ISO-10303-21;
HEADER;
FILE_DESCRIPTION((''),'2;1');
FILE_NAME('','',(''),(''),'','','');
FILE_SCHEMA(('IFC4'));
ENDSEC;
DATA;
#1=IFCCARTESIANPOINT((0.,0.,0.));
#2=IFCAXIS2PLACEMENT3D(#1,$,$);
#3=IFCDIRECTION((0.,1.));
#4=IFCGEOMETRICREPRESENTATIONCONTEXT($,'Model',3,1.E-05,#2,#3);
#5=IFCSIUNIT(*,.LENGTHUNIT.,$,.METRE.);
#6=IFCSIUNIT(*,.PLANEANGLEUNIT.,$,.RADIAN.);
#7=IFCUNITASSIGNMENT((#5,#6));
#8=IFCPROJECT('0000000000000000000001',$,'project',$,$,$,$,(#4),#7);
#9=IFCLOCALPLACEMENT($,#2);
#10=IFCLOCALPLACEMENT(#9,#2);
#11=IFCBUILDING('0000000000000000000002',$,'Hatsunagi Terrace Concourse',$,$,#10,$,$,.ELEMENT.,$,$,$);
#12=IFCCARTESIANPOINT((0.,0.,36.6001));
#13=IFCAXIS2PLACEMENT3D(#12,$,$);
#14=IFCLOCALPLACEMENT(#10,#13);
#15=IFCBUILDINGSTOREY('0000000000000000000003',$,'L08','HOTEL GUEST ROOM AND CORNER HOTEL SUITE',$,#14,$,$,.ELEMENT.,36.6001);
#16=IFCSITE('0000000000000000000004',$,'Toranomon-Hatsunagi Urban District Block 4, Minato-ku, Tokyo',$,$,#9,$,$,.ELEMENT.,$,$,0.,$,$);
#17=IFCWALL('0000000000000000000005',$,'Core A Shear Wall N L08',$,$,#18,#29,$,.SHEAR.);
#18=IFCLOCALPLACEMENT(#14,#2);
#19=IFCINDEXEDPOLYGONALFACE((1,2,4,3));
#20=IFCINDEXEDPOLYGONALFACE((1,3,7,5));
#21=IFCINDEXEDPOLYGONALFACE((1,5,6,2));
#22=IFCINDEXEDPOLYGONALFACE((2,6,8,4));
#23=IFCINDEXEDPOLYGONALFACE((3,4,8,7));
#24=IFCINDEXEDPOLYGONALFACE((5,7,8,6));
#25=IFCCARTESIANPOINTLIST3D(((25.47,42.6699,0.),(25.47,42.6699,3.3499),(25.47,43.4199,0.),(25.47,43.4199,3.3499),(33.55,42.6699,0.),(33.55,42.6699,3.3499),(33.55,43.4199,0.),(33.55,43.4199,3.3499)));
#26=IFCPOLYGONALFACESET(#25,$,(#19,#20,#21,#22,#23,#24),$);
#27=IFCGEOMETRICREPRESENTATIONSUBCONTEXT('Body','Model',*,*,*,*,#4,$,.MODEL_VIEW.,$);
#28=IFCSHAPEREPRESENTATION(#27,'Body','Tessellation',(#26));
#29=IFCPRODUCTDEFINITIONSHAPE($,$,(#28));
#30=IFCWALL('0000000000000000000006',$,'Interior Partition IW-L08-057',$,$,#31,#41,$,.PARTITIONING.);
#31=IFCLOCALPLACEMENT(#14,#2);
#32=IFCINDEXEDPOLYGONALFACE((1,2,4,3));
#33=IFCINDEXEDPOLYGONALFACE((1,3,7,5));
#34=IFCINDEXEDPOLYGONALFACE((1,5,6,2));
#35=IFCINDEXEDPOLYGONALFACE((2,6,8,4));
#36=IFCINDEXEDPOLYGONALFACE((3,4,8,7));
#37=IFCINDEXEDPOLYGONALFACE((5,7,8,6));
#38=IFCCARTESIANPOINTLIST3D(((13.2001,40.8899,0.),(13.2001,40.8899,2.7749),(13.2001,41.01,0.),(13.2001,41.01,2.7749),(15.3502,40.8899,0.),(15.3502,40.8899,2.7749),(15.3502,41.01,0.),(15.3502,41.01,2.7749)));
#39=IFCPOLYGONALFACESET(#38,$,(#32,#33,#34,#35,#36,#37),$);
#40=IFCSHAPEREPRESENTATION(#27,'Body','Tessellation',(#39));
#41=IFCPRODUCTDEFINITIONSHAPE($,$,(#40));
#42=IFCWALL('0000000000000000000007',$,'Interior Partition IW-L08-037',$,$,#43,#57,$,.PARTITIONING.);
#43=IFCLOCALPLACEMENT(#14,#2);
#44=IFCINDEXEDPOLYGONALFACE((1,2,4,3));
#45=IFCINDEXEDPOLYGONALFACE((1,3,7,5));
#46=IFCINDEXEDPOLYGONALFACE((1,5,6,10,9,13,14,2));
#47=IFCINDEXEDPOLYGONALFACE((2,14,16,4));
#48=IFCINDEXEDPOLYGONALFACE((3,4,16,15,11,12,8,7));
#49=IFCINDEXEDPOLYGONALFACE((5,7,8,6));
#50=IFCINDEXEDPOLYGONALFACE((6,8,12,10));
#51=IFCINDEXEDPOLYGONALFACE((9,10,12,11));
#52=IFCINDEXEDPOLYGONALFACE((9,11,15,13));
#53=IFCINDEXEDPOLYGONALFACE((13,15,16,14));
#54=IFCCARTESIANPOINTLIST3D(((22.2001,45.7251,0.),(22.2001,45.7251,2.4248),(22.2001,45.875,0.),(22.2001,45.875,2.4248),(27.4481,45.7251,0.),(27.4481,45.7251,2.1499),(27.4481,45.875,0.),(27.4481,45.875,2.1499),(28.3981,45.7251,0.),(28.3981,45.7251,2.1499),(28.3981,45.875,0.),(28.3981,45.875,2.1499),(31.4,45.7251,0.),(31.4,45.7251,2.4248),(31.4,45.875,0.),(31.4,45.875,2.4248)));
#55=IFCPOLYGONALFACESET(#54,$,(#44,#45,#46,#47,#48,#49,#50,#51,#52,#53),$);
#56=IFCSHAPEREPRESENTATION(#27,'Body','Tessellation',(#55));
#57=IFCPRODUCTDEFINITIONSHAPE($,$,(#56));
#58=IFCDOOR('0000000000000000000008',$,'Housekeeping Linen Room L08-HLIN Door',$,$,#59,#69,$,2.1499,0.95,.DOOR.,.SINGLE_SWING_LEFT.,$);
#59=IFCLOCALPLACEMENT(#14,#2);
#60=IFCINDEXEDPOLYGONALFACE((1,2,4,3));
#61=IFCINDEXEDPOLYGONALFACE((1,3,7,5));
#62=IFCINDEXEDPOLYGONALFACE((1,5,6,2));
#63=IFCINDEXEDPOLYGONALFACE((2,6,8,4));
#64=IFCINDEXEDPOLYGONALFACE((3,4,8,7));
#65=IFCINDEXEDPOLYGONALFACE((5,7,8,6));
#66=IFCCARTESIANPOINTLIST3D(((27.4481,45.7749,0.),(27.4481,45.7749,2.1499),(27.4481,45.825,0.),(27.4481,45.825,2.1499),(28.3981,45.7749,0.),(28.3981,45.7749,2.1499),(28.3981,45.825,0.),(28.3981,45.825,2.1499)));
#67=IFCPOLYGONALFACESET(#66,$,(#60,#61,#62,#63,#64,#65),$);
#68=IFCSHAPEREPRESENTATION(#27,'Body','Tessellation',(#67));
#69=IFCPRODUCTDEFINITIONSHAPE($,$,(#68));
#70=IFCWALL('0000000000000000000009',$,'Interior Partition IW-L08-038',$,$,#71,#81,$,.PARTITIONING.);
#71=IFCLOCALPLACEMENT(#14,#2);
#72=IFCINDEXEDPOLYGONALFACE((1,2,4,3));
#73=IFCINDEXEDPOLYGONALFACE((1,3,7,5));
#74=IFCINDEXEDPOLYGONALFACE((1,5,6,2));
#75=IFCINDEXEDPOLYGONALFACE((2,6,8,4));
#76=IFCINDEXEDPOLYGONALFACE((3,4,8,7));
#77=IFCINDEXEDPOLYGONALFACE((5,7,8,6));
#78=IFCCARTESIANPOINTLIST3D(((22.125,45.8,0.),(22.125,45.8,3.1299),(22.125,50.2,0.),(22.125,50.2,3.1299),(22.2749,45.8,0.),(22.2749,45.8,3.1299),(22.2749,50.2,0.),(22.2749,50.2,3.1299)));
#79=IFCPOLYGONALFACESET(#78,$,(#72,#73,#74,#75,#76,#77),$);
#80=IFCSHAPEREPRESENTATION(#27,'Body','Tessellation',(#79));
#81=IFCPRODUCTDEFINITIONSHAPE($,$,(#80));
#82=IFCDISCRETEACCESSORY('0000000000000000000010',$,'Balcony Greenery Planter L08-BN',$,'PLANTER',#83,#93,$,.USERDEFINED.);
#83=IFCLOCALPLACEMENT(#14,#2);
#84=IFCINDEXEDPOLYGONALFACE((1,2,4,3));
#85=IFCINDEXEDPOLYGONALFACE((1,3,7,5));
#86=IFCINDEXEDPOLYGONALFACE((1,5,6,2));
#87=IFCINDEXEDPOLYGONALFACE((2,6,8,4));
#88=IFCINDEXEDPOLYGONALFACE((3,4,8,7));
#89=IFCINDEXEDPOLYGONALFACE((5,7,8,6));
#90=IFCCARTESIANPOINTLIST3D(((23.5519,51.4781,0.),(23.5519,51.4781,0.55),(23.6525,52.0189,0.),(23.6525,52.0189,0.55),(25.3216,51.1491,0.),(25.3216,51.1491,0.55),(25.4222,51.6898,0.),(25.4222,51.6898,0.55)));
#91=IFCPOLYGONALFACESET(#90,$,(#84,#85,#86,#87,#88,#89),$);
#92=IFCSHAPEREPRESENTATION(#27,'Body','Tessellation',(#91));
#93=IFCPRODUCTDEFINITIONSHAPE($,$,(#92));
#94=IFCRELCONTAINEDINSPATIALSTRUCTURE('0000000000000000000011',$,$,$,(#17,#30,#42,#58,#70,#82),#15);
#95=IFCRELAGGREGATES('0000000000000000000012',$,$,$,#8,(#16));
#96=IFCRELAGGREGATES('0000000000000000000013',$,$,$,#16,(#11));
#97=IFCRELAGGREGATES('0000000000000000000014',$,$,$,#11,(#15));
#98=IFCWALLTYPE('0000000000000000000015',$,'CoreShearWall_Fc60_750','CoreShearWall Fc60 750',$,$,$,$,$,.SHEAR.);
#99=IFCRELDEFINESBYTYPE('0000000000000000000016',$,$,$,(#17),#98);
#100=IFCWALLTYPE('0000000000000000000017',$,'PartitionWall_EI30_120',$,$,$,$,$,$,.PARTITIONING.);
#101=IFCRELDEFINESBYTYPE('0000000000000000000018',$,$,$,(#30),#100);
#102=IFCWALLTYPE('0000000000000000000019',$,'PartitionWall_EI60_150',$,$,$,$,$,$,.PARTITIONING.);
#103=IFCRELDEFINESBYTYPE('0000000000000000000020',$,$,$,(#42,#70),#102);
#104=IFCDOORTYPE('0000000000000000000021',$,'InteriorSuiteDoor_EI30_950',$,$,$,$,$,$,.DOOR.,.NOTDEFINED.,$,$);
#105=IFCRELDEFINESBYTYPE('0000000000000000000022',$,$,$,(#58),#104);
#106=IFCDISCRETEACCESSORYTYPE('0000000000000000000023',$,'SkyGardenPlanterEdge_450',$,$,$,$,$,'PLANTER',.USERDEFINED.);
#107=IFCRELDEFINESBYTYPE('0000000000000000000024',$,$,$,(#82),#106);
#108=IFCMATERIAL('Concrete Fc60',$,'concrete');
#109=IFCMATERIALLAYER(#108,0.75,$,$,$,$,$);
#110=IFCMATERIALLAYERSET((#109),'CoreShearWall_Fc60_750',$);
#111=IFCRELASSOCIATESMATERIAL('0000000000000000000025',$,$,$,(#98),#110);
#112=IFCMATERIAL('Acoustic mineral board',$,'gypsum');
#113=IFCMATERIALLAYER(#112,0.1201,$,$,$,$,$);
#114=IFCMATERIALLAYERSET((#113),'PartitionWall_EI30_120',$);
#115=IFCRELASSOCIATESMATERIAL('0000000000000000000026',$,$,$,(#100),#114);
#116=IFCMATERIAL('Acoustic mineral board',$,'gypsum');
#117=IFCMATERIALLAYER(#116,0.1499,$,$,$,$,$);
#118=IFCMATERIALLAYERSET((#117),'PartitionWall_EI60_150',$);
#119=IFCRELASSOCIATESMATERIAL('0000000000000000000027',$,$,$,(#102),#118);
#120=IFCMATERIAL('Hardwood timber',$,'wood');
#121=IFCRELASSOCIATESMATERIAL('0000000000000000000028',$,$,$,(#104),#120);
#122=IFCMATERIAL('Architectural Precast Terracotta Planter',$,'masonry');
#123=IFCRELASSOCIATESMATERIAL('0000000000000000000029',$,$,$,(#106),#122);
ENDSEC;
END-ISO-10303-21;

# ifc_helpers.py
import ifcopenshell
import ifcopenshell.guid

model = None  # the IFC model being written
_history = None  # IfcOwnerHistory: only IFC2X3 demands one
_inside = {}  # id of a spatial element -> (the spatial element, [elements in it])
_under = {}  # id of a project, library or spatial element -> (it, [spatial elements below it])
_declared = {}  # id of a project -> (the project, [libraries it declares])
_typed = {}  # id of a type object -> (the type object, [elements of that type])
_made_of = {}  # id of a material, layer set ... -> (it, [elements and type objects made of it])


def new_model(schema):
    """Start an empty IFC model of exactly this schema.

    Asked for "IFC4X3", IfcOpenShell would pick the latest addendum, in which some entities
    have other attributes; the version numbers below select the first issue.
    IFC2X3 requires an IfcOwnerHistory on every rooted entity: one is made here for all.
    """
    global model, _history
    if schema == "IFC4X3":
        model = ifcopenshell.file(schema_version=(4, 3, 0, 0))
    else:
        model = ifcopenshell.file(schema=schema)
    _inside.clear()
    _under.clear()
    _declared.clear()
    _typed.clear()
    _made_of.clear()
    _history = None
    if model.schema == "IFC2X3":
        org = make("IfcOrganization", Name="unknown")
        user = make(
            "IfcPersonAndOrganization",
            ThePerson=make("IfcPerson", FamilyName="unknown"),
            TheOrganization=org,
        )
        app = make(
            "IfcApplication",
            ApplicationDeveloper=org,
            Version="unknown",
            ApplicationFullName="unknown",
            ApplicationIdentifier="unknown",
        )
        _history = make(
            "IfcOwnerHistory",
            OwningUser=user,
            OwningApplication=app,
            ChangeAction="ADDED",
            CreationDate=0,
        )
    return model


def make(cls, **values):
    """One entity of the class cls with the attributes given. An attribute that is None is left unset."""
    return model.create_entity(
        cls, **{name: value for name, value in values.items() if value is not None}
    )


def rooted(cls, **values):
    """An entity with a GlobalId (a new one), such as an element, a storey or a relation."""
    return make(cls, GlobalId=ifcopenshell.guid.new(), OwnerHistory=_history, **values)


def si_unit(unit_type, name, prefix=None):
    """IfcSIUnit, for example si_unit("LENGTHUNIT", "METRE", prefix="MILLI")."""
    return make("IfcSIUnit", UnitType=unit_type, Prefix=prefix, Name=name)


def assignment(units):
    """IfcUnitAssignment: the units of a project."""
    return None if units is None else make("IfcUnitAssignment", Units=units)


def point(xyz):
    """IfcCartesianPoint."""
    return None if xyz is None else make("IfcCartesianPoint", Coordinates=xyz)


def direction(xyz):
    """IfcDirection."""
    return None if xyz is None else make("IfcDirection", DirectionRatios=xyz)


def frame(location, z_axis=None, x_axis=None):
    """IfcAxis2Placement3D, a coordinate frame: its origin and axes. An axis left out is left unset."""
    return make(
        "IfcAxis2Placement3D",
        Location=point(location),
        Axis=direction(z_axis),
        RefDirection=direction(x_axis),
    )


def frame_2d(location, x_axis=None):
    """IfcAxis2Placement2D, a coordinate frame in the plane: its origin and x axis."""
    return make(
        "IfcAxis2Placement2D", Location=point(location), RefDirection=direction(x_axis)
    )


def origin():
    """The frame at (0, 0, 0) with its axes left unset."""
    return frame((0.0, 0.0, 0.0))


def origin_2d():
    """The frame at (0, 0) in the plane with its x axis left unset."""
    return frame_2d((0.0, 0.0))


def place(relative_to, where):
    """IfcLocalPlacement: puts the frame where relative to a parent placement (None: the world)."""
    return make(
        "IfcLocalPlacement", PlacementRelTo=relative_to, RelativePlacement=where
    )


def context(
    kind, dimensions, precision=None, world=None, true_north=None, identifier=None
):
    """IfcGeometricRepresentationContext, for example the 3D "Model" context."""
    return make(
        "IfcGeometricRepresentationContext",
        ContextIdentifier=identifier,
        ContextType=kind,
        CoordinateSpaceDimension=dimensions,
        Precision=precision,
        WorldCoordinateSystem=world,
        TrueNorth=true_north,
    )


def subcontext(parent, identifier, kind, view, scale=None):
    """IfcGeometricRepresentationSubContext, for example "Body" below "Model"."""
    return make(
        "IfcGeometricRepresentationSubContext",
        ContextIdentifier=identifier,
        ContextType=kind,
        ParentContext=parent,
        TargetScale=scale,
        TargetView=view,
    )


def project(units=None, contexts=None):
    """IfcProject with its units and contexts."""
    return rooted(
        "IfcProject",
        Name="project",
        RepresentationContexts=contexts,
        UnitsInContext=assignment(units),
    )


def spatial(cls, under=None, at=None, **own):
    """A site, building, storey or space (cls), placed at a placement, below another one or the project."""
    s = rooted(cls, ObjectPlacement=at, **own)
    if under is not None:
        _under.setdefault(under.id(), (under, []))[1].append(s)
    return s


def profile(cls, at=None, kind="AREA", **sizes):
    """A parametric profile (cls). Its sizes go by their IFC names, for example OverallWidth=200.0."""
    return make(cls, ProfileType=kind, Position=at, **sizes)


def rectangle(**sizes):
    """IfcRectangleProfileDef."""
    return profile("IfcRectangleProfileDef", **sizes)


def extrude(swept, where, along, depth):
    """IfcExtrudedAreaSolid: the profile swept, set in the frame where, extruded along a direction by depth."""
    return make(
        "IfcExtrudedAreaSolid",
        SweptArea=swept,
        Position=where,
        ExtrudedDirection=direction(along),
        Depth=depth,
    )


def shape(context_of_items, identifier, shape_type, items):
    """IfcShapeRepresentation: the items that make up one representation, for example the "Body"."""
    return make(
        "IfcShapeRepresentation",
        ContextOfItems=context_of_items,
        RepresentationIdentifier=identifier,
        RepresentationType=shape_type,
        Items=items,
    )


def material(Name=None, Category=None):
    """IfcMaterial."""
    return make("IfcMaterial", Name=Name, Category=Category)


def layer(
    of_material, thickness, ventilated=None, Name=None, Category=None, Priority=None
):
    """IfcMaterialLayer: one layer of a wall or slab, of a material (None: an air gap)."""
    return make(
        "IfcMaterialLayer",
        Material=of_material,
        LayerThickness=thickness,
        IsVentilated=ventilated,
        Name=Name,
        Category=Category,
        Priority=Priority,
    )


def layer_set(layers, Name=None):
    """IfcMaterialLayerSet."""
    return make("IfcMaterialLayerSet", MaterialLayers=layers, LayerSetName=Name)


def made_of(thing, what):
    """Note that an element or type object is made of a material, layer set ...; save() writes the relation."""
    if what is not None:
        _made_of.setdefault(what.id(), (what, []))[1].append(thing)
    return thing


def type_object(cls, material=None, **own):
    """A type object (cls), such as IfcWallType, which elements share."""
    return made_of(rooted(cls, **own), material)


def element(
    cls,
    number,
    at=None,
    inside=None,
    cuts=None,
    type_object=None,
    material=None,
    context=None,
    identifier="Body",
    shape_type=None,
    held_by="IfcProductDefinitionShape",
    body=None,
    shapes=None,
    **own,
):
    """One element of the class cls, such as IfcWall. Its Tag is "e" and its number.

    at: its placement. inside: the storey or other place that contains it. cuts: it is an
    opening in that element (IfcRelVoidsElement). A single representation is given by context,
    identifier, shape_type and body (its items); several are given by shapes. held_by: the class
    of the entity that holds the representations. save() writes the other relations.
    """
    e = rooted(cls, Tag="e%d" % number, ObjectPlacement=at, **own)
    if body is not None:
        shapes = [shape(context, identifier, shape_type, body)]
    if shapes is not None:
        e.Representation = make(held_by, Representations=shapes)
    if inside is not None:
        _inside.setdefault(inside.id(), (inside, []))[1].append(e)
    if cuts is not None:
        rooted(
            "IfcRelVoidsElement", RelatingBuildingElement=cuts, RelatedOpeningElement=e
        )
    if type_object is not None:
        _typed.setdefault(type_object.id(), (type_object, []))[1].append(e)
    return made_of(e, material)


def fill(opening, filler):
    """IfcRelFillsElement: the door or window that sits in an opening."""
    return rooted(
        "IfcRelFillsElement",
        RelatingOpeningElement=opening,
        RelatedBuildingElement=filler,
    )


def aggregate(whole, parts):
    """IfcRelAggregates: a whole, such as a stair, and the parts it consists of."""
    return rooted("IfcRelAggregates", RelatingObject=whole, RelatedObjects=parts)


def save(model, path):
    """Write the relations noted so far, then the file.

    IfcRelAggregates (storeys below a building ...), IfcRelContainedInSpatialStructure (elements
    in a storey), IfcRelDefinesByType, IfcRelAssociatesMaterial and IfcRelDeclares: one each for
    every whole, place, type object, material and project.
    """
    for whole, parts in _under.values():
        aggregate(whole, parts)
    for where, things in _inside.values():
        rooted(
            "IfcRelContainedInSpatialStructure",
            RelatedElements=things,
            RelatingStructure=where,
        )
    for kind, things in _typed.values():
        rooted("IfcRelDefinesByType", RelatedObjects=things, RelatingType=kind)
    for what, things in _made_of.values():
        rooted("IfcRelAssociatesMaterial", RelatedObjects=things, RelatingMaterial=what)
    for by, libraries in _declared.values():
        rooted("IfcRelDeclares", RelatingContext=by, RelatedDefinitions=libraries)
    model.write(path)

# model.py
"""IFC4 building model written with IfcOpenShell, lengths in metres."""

from ifc_helpers import new_model, si_unit, direction, frame, frame_2d, origin, origin_2d, place, context, subcontext, project, spatial, rectangle, extrude, material, layer, layer_set, type_object, element, fill, save


model = new_model("IFC4")

# Units and contexts
model_context = context("Model", 3, precision=1e-05, world=origin(), true_north=direction((0.0, 1.0)))
body_context = subcontext(model_context, "Body", "Model", "MODEL_VIEW")
ifc_project = project(units=[si_unit("LENGTHUNIT", "METRE"), si_unit("PLANEANGLEUNIT", "RADIAN")], contexts=[model_context])

# Site, building, storey
site_placement = place(None, origin())
site = spatial("IfcSite", under=ifc_project, at=site_placement, Name="Toranomon-Hatsunagi Urban District Block 4, Minato-ku, Tokyo", CompositionType="ELEMENT", RefElevation=0.0)
building_placement = place(site_placement, origin())
building = spatial("IfcBuilding", under=site, at=building_placement, Name="Hatsunagi Terrace Concourse", CompositionType="ELEMENT")
storey_placement = place(building_placement, frame((0.0, 0.0, 36.6001)))
storey = spatial("IfcBuildingStorey", under=building, at=storey_placement, Name="L08", Description="HOTEL GUEST ROOM AND CORNER HOTEL SUITE", CompositionType="ELEMENT", Elevation=36.6001)

# Walls
ifc_material_1 = material(Name="Concrete Fc60", Category="concrete")
ifc_layer_1 = layer(ifc_material_1, 0.75)
ifc_layer_set_1 = layer_set([ifc_layer_1], Name="CoreShearWall_Fc60_750")
wall_type_1 = type_object("IfcWallType", Name="CoreShearWall_Fc60_750", Description="CoreShearWall Fc60 750", PredefinedType="SHEAR", material=ifc_layer_set_1)
wall_1_placement = place(storey_placement, frame((25.47, 43.0449, 0.0), z_axis=(0.0, 0.0, 1.0), x_axis=(1.0, 0.0, 0.0)))
element("IfcWall", 1, at=wall_1_placement, inside=storey, type_object=wall_type_1, Name="Core A Shear Wall N L08", PredefinedType="SHEAR", context=body_context, shape_type="SweptSolid", body=[
    extrude(rectangle(XDim=8.0801, YDim=0.75, at=frame_2d((4.04, 0.0))), origin(), (0.0, 0.0, 1.0), 3.3499),
])
ifc_material_2 = material(Name="Acoustic mineral board", Category="gypsum")
ifc_layer_2 = layer(ifc_material_2, 0.1201)
ifc_layer_set_2 = layer_set([ifc_layer_2], Name="PartitionWall_EI30_120")
wall_type_2 = type_object("IfcWallType", Name="PartitionWall_EI30_120", PredefinedType="PARTITIONING", material=ifc_layer_set_2)
wall_2_placement = place(storey_placement, frame((13.2, 40.95, 0.0), z_axis=(0.0, 0.0, 1.0), x_axis=(1.0, 0.0, 0.0)))
element("IfcWall", 2, at=wall_2_placement, inside=storey, type_object=wall_type_2, Name="Interior Partition IW-L08-057", PredefinedType="PARTITIONING", context=body_context, shape_type="SweptSolid", body=[
    extrude(rectangle(XDim=2.1501, YDim=0.1201, at=frame_2d((1.0752, 0.0))), origin(), (0.0, 0.0, 1.0), 2.7749),
])

# Wall, opening, door
ifc_material_3 = material(Name="Acoustic mineral board", Category="gypsum")
ifc_layer_3 = layer(ifc_material_3, 0.1499)
ifc_layer_set_3 = layer_set([ifc_layer_3], Name="PartitionWall_EI60_150")
wall_type_3 = type_object("IfcWallType", Name="PartitionWall_EI60_150", PredefinedType="PARTITIONING", material=ifc_layer_set_3)
wall_3_placement = place(storey_placement, frame((22.2, 45.8, 0.0), z_axis=(0.0, 0.0, 1.0), x_axis=(1.0, 0.0, 0.0)))
wall_3 = element("IfcWall", 3, at=wall_3_placement, inside=storey, type_object=wall_type_3, Name="Interior Partition IW-L08-037", PredefinedType="PARTITIONING", context=body_context, shape_type="SweptSolid", body=[
    extrude(rectangle(XDim=9.2, YDim=0.1499, at=frame_2d((4.6001, 0.0))), origin(), (0.0, 0.0, 1.0), 2.4248),
])
opening_placement = place(wall_3_placement, frame((5.248, 0.0, 0.0)))
opening = element("IfcOpeningElement", 4, at=opening_placement, cuts=wall_3, PredefinedType="OPENING", context=body_context, shape_type="SweptSolid", body=[
    extrude(rectangle(XDim=0.95, YDim=2.1499, at=frame_2d((0.4751, 1.075))), frame((0.0, 0.085, 0.0), z_axis=(0.0, -1.0, 0.0), x_axis=(1.0, 0.0, 0.0)), (0.0, 0.0, 1.0), 0.1699),
])
ifc_material_4 = material(Name="Hardwood timber", Category="wood")
door_type = type_object("IfcDoorType", Name="InteriorSuiteDoor_EI30_950", OperationType="NOTDEFINED", PredefinedType="DOOR", material=ifc_material_4)
door_placement = place(opening_placement, origin())
door = element("IfcDoor", 5, at=door_placement, inside=storey, type_object=door_type, Name="Housekeeping Linen Room L08-HLIN Door", OperationType="SINGLE_SWING_LEFT", OverallHeight=2.1499, OverallWidth=0.95, PredefinedType="DOOR", context=body_context, shape_type="SweptSolid", body=[
    extrude(rectangle(XDim=0.95, YDim=2.1499, at=frame_2d((0.4751, 1.075))), frame((0.0, 0.0249, 0.0), z_axis=(0.0, -1.0, 0.0), x_axis=(1.0, 0.0, 0.0)), (0.0, 0.0, 1.0), 0.05),
])
fill(opening, door)

# Wall
wall_4_placement = place(storey_placement, frame((22.2, 45.8, 0.0), z_axis=(0.0, 0.0, 1.0), x_axis=(0.0, 1.0, 0.0)))
element("IfcWall", 6, at=wall_4_placement, inside=storey, type_object=wall_type_3, Name="Interior Partition IW-L08-038", PredefinedType="PARTITIONING", context=body_context, shape_type="SweptSolid", body=[
    extrude(rectangle(XDim=4.3999, YDim=0.1499, at=frame_2d((2.2, 0.0))), origin(), (0.0, 0.0, 1.0), 3.1299),
])

# Discrete accessory
ifc_material_5 = material(Name="Architectural Precast Terracotta Planter", Category="masonry")
discrete_accessory_type = type_object("IfcDiscreteAccessoryType", Name="SkyGardenPlanterEdge_450", ElementType="PLANTER", PredefinedType="USERDEFINED", material=ifc_material_5)
discrete_accessory_placement = place(storey_placement, frame((24.4871, 51.584, 0.0), z_axis=(0.0, 0.0, 1.0), x_axis=(0.98315, -0.182802, 0.0)))
element("IfcDiscreteAccessory", 7, at=discrete_accessory_placement, inside=storey, type_object=discrete_accessory_type, Name="Balcony Greenery Planter L08-BN", ObjectType="PLANTER", PredefinedType="USERDEFINED", context=body_context, shape_type="SweptSolid", body=[
    extrude(rectangle(XDim=1.8, YDim=0.55, at=origin_2d()), origin(), (0.0, 0.0, 1.0), 0.55),
])

save(model, "model.ifc")
